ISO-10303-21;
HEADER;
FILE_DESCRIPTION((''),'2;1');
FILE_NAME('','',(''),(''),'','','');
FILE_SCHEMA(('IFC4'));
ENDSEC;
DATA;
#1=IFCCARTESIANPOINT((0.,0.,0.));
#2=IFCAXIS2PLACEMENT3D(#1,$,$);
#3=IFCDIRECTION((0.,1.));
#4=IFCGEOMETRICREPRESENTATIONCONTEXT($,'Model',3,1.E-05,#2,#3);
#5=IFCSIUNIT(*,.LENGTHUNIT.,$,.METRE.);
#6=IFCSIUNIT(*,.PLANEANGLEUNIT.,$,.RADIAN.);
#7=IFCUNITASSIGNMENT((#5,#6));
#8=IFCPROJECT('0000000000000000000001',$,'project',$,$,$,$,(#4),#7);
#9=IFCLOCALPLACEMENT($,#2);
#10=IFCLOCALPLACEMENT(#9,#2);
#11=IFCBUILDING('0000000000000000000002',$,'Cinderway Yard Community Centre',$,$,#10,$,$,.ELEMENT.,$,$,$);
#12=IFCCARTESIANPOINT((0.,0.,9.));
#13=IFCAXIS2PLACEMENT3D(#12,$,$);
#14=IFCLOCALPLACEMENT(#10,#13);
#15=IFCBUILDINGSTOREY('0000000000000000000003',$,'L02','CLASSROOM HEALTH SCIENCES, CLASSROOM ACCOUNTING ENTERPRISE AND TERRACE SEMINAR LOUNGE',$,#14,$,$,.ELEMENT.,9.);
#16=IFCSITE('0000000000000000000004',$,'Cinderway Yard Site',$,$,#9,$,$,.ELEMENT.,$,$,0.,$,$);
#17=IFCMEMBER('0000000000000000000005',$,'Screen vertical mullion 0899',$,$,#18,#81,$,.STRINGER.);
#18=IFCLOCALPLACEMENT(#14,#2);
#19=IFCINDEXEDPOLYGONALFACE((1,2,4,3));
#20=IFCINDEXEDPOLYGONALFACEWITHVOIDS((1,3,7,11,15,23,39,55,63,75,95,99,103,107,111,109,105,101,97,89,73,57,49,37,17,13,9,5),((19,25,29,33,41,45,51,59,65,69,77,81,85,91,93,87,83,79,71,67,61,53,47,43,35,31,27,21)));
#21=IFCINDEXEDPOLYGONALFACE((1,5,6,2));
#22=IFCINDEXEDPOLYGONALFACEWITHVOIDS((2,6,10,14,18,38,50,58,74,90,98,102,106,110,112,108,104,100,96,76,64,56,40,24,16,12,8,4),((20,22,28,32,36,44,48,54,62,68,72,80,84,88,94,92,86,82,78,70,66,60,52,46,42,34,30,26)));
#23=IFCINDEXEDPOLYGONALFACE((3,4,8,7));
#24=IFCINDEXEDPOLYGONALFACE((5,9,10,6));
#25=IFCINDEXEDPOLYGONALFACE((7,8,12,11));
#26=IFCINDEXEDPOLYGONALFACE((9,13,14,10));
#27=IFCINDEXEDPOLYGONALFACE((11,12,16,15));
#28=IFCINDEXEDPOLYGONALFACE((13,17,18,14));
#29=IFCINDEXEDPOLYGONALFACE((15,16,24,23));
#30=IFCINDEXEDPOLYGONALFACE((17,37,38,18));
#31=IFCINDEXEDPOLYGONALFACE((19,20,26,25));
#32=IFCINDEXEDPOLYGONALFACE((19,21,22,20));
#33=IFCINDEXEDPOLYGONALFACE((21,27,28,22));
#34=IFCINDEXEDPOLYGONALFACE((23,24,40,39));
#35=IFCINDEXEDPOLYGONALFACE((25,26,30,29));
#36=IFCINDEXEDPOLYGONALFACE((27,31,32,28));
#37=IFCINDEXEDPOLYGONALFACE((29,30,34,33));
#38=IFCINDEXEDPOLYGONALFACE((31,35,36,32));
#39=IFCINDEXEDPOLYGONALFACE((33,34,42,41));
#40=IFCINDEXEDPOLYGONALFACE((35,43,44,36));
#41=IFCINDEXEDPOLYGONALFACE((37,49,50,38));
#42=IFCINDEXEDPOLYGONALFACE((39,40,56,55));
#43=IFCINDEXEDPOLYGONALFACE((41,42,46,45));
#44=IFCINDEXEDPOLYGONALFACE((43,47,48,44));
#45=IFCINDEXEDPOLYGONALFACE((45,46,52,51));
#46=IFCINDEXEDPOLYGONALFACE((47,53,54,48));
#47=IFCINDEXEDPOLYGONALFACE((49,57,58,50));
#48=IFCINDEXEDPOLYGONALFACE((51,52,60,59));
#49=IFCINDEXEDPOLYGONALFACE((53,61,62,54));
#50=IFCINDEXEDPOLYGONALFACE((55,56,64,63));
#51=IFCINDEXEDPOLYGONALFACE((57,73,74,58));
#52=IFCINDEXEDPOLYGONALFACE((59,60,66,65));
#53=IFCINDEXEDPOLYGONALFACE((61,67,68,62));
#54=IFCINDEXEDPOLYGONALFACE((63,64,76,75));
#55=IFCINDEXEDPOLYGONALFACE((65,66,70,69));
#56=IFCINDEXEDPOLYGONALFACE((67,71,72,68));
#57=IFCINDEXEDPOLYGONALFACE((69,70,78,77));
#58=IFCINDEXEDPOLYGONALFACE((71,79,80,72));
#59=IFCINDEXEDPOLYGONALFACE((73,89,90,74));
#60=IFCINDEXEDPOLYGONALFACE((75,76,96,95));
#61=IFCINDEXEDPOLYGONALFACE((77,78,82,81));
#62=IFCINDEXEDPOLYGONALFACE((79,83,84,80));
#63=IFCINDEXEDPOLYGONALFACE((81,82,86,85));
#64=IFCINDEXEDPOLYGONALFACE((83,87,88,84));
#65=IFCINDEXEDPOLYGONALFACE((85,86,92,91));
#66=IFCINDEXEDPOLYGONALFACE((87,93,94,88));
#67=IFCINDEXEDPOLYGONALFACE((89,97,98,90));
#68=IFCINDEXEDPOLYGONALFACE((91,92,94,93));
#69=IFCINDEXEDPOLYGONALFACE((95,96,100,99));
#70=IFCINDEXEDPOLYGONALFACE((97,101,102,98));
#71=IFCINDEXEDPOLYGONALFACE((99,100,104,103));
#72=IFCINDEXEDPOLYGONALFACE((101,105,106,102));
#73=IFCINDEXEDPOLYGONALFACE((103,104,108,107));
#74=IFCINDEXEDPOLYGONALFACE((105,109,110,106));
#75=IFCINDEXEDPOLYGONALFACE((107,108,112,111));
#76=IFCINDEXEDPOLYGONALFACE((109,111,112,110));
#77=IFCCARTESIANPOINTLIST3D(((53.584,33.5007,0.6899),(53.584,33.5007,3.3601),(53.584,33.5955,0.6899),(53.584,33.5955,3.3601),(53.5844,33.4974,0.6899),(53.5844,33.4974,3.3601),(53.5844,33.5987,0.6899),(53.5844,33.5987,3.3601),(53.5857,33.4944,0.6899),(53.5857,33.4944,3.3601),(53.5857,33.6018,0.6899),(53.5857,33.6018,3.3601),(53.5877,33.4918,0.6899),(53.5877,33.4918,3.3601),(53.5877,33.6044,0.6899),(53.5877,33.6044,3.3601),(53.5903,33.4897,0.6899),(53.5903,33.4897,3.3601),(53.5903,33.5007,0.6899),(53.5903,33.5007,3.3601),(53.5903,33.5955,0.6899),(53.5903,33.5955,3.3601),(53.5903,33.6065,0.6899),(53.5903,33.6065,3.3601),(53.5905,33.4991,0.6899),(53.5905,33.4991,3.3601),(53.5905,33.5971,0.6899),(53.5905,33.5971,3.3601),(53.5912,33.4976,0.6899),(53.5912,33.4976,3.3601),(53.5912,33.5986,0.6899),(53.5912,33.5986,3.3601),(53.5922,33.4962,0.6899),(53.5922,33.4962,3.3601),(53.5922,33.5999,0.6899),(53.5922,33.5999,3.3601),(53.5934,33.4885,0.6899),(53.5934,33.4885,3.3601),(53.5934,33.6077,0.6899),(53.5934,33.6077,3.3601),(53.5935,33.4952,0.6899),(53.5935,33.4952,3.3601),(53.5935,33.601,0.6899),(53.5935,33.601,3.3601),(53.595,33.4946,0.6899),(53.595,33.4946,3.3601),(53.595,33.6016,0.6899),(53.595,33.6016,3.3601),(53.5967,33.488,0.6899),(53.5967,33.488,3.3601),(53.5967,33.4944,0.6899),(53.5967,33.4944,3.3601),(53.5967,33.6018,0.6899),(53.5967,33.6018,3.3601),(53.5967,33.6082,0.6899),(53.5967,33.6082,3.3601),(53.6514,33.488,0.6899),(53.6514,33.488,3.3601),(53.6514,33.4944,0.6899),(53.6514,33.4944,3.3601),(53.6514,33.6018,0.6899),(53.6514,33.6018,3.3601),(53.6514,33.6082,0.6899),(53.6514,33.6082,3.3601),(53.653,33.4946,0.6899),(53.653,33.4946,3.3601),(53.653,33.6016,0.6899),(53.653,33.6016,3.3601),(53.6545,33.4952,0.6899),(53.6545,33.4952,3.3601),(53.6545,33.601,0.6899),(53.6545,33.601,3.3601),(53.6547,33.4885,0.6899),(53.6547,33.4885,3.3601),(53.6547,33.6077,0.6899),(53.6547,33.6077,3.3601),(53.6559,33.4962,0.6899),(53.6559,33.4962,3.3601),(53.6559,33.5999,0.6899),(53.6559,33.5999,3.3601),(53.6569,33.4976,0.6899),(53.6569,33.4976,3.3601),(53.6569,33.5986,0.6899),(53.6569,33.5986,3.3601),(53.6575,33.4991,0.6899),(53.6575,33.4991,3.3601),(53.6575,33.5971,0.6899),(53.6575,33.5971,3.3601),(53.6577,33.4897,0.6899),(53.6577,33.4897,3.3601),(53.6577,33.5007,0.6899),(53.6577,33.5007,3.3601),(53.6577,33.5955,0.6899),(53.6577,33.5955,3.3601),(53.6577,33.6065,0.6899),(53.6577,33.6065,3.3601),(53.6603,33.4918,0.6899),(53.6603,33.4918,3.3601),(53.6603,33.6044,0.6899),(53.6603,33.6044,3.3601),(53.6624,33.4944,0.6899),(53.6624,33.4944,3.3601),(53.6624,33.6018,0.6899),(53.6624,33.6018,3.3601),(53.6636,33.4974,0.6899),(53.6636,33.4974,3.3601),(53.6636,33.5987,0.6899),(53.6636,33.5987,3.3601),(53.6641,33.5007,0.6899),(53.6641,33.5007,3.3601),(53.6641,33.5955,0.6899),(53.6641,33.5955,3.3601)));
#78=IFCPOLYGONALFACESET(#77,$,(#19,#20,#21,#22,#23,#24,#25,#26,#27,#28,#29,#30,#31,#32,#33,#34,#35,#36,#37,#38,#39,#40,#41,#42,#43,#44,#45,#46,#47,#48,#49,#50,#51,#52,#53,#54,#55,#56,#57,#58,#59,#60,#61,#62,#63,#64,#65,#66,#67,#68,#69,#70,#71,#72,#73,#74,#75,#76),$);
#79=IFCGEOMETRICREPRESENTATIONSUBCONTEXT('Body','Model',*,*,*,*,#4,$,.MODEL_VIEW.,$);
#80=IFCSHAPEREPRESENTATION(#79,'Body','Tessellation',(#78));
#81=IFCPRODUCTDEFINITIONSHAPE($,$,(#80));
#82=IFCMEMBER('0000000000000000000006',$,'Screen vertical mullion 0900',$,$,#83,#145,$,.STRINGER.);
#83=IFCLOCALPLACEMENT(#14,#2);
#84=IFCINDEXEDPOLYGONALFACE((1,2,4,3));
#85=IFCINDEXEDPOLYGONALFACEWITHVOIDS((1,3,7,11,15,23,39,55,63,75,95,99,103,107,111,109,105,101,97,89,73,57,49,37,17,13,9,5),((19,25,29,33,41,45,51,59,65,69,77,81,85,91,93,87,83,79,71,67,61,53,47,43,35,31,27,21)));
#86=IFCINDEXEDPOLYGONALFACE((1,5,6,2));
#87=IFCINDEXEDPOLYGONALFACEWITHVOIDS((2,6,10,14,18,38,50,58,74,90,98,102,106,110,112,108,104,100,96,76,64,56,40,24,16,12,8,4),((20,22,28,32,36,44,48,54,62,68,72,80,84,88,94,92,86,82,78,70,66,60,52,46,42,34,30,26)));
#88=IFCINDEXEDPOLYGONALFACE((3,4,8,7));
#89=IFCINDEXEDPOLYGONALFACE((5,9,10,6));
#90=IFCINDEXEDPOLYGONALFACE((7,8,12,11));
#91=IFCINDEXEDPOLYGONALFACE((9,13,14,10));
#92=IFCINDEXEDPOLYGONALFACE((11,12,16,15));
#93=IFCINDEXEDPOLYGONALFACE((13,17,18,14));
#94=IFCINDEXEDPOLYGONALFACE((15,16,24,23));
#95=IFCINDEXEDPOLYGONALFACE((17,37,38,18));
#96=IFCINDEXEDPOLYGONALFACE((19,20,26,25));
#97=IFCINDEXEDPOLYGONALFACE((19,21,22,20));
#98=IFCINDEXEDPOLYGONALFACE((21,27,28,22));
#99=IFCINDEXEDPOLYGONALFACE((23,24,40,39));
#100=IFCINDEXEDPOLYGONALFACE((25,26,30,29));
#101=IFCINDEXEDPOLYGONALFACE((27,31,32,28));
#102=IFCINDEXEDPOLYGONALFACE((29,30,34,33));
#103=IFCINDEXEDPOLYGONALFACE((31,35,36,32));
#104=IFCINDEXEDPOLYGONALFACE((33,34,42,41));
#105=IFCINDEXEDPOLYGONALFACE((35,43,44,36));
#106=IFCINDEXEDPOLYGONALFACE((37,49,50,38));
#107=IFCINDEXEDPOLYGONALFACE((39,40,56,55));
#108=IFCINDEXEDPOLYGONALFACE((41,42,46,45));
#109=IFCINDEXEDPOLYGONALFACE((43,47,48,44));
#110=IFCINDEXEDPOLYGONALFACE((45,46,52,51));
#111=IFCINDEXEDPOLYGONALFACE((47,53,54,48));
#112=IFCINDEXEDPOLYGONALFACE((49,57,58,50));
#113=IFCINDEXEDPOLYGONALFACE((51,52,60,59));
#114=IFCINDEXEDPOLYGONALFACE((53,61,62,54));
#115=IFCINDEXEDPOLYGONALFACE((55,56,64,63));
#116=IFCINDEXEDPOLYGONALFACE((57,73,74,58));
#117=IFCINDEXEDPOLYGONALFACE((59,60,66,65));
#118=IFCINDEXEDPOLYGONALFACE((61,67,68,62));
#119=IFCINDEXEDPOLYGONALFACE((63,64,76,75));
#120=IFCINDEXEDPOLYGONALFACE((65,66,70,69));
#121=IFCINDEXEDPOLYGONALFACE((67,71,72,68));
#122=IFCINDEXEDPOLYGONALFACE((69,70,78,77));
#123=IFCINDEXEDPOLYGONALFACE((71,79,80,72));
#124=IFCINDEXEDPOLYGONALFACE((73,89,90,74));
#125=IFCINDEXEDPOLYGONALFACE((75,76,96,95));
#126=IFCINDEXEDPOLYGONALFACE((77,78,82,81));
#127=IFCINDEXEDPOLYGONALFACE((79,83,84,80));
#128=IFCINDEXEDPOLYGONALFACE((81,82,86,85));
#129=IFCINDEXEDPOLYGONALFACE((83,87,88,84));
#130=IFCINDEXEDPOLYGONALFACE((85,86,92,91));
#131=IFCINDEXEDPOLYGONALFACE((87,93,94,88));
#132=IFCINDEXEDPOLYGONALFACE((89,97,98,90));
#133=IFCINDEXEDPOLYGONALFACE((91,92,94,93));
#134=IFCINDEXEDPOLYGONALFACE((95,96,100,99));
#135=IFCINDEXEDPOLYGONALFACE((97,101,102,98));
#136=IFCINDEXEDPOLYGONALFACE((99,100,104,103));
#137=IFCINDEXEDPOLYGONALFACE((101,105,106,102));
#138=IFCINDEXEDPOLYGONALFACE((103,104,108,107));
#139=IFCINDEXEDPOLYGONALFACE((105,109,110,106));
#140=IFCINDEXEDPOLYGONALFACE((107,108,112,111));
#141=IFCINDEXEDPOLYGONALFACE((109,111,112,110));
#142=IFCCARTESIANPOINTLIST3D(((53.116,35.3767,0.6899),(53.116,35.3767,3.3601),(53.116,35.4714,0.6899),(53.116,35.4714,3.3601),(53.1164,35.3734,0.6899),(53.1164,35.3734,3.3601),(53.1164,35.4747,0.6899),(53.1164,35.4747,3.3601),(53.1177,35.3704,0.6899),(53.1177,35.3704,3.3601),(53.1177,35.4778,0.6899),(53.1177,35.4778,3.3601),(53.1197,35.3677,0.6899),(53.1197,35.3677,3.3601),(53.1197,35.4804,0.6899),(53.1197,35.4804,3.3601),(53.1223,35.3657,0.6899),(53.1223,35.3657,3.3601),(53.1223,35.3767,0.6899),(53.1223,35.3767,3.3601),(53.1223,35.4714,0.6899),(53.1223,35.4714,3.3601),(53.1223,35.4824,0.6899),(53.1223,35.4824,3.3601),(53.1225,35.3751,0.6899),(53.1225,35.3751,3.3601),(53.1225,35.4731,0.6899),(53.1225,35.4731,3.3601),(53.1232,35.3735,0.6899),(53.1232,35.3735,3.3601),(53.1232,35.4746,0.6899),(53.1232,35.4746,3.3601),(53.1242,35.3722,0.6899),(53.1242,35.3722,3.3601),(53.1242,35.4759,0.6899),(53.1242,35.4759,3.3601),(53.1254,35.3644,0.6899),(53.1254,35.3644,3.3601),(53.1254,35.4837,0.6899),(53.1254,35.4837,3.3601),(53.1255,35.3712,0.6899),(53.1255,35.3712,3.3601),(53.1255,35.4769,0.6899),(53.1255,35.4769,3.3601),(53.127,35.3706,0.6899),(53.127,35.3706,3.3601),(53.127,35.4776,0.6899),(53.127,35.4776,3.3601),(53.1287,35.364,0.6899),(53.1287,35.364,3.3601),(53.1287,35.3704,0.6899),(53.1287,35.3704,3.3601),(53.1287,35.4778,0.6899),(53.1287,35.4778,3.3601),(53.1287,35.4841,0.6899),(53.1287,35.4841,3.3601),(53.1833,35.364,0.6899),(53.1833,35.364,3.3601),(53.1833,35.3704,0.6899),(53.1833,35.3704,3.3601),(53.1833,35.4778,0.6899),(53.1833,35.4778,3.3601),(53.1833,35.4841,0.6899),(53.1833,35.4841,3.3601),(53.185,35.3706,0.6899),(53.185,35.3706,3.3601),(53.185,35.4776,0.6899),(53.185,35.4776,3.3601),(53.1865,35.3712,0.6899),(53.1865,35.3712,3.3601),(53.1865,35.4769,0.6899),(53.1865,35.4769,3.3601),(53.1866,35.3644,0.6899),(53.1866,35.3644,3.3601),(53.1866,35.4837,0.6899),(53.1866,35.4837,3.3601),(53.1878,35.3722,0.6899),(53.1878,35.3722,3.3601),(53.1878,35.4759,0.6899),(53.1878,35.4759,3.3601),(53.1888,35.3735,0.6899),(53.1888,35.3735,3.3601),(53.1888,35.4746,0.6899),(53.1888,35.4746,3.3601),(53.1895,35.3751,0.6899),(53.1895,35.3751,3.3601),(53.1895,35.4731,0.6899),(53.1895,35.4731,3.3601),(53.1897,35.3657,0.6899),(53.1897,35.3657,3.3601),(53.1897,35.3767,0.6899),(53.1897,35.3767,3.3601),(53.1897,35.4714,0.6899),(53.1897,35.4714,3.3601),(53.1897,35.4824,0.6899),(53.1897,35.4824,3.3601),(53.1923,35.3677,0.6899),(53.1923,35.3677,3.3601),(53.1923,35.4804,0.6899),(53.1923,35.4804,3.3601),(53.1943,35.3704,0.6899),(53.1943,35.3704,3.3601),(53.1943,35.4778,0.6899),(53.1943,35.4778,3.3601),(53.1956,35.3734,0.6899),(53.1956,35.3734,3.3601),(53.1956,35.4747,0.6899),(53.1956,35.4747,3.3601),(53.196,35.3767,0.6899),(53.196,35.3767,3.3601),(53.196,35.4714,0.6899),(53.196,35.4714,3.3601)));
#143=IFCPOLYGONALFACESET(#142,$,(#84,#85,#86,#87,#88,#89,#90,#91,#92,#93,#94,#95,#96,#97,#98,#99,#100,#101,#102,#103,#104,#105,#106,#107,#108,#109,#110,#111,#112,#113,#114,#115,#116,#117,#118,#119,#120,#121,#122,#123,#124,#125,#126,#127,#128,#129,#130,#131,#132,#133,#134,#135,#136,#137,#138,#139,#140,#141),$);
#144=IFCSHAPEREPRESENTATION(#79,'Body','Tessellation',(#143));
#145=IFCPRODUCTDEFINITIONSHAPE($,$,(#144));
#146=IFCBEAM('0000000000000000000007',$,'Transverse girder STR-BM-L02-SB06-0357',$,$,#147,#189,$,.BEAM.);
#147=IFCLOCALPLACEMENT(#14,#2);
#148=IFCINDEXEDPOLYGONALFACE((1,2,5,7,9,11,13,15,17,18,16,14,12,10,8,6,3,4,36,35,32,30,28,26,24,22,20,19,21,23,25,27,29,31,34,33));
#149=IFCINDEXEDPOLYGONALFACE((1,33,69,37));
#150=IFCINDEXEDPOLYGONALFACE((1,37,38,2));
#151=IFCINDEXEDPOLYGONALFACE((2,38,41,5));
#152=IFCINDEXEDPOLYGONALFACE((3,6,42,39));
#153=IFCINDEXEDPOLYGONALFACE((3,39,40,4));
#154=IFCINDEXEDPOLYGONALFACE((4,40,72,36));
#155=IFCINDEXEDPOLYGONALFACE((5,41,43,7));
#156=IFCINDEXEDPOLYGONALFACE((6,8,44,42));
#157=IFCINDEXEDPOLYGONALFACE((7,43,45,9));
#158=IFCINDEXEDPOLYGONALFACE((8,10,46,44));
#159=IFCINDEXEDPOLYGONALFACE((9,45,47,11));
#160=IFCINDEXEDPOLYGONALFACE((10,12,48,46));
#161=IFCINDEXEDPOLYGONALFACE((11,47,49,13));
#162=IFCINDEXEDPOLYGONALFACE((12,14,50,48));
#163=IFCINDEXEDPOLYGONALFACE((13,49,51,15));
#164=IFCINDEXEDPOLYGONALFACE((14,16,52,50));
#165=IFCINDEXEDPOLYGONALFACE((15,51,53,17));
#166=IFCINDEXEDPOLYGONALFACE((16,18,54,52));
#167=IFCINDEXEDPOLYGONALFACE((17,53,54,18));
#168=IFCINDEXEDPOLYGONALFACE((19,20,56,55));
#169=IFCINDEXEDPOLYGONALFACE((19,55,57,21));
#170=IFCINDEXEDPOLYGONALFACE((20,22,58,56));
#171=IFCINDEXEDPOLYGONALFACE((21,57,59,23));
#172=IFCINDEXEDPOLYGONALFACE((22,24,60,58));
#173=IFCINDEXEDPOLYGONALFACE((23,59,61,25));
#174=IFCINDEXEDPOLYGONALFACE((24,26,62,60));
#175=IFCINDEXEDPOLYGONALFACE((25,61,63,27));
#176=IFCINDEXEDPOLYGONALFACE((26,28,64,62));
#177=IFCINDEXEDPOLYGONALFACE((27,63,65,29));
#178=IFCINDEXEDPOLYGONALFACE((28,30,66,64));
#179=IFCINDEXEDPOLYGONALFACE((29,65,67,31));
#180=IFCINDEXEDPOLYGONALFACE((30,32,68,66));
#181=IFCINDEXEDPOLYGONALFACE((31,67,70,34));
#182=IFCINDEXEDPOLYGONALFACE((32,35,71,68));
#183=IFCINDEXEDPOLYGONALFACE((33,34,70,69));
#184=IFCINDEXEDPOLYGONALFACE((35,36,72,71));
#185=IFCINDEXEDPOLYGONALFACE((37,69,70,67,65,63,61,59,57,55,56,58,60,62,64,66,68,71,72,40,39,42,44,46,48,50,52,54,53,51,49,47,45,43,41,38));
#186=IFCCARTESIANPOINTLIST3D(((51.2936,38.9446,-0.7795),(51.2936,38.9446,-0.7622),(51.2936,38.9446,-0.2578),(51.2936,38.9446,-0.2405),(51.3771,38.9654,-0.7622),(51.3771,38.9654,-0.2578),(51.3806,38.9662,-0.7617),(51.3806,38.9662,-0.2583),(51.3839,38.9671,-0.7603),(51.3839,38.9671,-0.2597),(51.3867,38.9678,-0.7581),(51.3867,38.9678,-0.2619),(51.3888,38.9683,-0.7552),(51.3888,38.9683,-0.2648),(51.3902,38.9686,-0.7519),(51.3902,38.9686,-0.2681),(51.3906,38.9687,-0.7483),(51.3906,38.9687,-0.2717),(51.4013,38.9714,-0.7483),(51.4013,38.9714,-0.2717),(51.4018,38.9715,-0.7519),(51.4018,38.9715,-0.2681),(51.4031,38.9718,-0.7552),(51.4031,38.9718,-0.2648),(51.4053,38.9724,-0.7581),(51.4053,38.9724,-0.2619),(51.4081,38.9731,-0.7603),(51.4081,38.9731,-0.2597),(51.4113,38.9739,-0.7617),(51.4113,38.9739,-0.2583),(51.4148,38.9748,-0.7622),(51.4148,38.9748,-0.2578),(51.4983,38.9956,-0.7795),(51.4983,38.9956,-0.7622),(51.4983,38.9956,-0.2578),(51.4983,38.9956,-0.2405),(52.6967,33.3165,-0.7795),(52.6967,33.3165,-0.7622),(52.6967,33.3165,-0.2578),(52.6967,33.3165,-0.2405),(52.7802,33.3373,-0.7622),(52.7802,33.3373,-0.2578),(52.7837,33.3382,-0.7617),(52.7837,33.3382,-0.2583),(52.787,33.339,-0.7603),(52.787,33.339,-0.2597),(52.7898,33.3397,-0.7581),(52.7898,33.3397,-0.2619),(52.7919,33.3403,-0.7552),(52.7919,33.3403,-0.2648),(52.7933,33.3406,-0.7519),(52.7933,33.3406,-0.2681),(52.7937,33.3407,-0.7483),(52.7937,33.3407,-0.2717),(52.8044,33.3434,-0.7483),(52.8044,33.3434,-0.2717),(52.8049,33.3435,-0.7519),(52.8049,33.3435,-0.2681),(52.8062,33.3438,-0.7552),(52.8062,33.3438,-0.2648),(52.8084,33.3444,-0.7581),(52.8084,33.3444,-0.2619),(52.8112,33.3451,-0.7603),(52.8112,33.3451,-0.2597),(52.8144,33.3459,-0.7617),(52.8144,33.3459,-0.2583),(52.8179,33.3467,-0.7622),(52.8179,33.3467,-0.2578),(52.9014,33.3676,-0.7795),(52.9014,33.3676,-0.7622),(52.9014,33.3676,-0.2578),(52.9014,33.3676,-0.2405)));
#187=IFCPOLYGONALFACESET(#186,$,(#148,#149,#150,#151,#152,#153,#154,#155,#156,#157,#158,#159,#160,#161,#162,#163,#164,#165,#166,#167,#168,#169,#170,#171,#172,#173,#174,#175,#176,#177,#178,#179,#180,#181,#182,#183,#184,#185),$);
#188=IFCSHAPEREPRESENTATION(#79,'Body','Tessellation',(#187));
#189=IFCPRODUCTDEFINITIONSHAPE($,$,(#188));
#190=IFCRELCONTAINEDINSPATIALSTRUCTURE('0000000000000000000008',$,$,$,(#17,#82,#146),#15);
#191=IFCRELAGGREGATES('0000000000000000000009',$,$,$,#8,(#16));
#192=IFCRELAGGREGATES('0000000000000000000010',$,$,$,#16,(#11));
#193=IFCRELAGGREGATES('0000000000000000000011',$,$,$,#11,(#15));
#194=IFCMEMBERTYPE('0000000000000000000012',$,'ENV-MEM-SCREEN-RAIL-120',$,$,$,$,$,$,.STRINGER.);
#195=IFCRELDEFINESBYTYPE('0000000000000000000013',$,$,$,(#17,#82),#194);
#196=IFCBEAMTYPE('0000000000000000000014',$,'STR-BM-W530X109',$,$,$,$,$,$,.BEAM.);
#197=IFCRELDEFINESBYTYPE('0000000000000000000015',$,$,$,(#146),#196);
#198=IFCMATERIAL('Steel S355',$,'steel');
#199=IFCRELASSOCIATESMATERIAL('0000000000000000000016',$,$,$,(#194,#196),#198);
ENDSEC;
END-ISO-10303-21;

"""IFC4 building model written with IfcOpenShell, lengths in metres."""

from ifc_helpers import new_model, si_unit, direction, frame, origin, origin_2d, place, context, subcontext, project, spatial, hollow_rectangle, i_section, extrude, material, material_profile, profile_set, type_object, element, save


model = new_model("IFC4")

# Units and contexts
model_context = context("Model", 3, precision=1e-05, world=origin(), true_north=direction((0.0, 1.0)))
body_context = subcontext(model_context, "Body", "Model", "MODEL_VIEW")
ifc_project = project(units=[si_unit("LENGTHUNIT", "METRE"), si_unit("PLANEANGLEUNIT", "RADIAN")], contexts=[model_context])

# Site, building, storey
site_placement = place(None, origin())
site = spatial("IfcSite", under=ifc_project, at=site_placement, Name="Cinderway Yard Site", CompositionType="ELEMENT", RefElevation=0.0)
building_placement = place(site_placement, origin())
building = spatial("IfcBuilding", under=site, at=building_placement, Name="Cinderway Yard Community Centre", CompositionType="ELEMENT")
storey_placement = place(building_placement, frame((0.0, 0.0, 9.0)))
storey = spatial("IfcBuildingStorey", under=building, at=storey_placement, Name="L02", Description="CLASSROOM HEALTH SCIENCES, CLASSROOM ACCOUNTING ENTERPRISE AND TERRACE SEMINAR LOUNGE", CompositionType="ELEMENT", Elevation=9.0)

# Members
ifc_material_1 = material(Name="Steel S355", Category="steel")
ifc_material_profile_1 = material_profile(ifc_material_1, hollow_rectangle(XDim=0.0801, YDim=0.1201, WallThickness=0.0063, InnerFilletRadius=0.0063, OuterFilletRadius=0.0127, at=origin_2d()), Name="Steel S355")
ifc_profile_set_1 = profile_set([ifc_material_profile_1], Name="Steel S355")
member_type_1 = type_object("IfcMemberType", Name="ENV-MEM-SCREEN-RAIL-120", PredefinedType="STRINGER", material=ifc_profile_set_1)
for number, where, z_axis, x_axis, name in (
    (1, (53.624, 33.5481, 0.6899), (0.0, 0.0, 1.0), (1.0, 0.0, 0.0), "Screen vertical mullion 0899"),
    (2, (53.156, 35.4241, 0.6899), (0.0, 0.0, 1.0), (1.0, 0.0, 0.0), "Screen vertical mullion 0900"),
):
    element("IfcMember", number, at=place(storey_placement, frame(where, z_axis=z_axis, x_axis=x_axis)), inside=storey, type_object=member_type_1, Name=name, PredefinedType="STRINGER", context=body_context, shape_type="SweptSolid", body=[
        extrude(hollow_rectangle(XDim=0.0801, YDim=0.1201, WallThickness=0.0063, InnerFilletRadius=0.0063, OuterFilletRadius=0.0127, at=origin_2d()), origin(), (0.0, 0.0, 1.0), 2.6702),
    ])

# Beam
ifc_material_profile_2 = material_profile(ifc_material_1, i_section(OverallWidth=0.2109, OverallDepth=0.5391, WebThickness=0.011, FlangeThickness=0.0173, FilletRadius=0.0139, at=origin_2d()), Name="Steel S355")
ifc_profile_set_2 = profile_set([ifc_material_profile_2], Name="Steel S355")
beam_type = type_object("IfcBeamType", Name="STR-BM-W530X109", PredefinedType="BEAM", material=ifc_profile_set_2)
beam_placement = place(storey_placement, frame((52.7991, 33.342, -0.51), z_axis=(-0.241902, 0.970301, 0.0), x_axis=(-0.970301, -0.241902, 0.0)))
element("IfcBeam", 3, at=beam_placement, inside=storey, type_object=beam_type, Name="Transverse girder STR-BM-L02-SB06-0357", PredefinedType="BEAM", context=body_context, shape_type="SweptSolid", body=[
    extrude(i_section(OverallWidth=0.2109, OverallDepth=0.5391, WebThickness=0.011, FlangeThickness=0.0173, FilletRadius=0.0139, at=origin_2d()), origin(), (0.0, 0.0, 1.0), 5.8003),
])

save(model, "model.ifc")
